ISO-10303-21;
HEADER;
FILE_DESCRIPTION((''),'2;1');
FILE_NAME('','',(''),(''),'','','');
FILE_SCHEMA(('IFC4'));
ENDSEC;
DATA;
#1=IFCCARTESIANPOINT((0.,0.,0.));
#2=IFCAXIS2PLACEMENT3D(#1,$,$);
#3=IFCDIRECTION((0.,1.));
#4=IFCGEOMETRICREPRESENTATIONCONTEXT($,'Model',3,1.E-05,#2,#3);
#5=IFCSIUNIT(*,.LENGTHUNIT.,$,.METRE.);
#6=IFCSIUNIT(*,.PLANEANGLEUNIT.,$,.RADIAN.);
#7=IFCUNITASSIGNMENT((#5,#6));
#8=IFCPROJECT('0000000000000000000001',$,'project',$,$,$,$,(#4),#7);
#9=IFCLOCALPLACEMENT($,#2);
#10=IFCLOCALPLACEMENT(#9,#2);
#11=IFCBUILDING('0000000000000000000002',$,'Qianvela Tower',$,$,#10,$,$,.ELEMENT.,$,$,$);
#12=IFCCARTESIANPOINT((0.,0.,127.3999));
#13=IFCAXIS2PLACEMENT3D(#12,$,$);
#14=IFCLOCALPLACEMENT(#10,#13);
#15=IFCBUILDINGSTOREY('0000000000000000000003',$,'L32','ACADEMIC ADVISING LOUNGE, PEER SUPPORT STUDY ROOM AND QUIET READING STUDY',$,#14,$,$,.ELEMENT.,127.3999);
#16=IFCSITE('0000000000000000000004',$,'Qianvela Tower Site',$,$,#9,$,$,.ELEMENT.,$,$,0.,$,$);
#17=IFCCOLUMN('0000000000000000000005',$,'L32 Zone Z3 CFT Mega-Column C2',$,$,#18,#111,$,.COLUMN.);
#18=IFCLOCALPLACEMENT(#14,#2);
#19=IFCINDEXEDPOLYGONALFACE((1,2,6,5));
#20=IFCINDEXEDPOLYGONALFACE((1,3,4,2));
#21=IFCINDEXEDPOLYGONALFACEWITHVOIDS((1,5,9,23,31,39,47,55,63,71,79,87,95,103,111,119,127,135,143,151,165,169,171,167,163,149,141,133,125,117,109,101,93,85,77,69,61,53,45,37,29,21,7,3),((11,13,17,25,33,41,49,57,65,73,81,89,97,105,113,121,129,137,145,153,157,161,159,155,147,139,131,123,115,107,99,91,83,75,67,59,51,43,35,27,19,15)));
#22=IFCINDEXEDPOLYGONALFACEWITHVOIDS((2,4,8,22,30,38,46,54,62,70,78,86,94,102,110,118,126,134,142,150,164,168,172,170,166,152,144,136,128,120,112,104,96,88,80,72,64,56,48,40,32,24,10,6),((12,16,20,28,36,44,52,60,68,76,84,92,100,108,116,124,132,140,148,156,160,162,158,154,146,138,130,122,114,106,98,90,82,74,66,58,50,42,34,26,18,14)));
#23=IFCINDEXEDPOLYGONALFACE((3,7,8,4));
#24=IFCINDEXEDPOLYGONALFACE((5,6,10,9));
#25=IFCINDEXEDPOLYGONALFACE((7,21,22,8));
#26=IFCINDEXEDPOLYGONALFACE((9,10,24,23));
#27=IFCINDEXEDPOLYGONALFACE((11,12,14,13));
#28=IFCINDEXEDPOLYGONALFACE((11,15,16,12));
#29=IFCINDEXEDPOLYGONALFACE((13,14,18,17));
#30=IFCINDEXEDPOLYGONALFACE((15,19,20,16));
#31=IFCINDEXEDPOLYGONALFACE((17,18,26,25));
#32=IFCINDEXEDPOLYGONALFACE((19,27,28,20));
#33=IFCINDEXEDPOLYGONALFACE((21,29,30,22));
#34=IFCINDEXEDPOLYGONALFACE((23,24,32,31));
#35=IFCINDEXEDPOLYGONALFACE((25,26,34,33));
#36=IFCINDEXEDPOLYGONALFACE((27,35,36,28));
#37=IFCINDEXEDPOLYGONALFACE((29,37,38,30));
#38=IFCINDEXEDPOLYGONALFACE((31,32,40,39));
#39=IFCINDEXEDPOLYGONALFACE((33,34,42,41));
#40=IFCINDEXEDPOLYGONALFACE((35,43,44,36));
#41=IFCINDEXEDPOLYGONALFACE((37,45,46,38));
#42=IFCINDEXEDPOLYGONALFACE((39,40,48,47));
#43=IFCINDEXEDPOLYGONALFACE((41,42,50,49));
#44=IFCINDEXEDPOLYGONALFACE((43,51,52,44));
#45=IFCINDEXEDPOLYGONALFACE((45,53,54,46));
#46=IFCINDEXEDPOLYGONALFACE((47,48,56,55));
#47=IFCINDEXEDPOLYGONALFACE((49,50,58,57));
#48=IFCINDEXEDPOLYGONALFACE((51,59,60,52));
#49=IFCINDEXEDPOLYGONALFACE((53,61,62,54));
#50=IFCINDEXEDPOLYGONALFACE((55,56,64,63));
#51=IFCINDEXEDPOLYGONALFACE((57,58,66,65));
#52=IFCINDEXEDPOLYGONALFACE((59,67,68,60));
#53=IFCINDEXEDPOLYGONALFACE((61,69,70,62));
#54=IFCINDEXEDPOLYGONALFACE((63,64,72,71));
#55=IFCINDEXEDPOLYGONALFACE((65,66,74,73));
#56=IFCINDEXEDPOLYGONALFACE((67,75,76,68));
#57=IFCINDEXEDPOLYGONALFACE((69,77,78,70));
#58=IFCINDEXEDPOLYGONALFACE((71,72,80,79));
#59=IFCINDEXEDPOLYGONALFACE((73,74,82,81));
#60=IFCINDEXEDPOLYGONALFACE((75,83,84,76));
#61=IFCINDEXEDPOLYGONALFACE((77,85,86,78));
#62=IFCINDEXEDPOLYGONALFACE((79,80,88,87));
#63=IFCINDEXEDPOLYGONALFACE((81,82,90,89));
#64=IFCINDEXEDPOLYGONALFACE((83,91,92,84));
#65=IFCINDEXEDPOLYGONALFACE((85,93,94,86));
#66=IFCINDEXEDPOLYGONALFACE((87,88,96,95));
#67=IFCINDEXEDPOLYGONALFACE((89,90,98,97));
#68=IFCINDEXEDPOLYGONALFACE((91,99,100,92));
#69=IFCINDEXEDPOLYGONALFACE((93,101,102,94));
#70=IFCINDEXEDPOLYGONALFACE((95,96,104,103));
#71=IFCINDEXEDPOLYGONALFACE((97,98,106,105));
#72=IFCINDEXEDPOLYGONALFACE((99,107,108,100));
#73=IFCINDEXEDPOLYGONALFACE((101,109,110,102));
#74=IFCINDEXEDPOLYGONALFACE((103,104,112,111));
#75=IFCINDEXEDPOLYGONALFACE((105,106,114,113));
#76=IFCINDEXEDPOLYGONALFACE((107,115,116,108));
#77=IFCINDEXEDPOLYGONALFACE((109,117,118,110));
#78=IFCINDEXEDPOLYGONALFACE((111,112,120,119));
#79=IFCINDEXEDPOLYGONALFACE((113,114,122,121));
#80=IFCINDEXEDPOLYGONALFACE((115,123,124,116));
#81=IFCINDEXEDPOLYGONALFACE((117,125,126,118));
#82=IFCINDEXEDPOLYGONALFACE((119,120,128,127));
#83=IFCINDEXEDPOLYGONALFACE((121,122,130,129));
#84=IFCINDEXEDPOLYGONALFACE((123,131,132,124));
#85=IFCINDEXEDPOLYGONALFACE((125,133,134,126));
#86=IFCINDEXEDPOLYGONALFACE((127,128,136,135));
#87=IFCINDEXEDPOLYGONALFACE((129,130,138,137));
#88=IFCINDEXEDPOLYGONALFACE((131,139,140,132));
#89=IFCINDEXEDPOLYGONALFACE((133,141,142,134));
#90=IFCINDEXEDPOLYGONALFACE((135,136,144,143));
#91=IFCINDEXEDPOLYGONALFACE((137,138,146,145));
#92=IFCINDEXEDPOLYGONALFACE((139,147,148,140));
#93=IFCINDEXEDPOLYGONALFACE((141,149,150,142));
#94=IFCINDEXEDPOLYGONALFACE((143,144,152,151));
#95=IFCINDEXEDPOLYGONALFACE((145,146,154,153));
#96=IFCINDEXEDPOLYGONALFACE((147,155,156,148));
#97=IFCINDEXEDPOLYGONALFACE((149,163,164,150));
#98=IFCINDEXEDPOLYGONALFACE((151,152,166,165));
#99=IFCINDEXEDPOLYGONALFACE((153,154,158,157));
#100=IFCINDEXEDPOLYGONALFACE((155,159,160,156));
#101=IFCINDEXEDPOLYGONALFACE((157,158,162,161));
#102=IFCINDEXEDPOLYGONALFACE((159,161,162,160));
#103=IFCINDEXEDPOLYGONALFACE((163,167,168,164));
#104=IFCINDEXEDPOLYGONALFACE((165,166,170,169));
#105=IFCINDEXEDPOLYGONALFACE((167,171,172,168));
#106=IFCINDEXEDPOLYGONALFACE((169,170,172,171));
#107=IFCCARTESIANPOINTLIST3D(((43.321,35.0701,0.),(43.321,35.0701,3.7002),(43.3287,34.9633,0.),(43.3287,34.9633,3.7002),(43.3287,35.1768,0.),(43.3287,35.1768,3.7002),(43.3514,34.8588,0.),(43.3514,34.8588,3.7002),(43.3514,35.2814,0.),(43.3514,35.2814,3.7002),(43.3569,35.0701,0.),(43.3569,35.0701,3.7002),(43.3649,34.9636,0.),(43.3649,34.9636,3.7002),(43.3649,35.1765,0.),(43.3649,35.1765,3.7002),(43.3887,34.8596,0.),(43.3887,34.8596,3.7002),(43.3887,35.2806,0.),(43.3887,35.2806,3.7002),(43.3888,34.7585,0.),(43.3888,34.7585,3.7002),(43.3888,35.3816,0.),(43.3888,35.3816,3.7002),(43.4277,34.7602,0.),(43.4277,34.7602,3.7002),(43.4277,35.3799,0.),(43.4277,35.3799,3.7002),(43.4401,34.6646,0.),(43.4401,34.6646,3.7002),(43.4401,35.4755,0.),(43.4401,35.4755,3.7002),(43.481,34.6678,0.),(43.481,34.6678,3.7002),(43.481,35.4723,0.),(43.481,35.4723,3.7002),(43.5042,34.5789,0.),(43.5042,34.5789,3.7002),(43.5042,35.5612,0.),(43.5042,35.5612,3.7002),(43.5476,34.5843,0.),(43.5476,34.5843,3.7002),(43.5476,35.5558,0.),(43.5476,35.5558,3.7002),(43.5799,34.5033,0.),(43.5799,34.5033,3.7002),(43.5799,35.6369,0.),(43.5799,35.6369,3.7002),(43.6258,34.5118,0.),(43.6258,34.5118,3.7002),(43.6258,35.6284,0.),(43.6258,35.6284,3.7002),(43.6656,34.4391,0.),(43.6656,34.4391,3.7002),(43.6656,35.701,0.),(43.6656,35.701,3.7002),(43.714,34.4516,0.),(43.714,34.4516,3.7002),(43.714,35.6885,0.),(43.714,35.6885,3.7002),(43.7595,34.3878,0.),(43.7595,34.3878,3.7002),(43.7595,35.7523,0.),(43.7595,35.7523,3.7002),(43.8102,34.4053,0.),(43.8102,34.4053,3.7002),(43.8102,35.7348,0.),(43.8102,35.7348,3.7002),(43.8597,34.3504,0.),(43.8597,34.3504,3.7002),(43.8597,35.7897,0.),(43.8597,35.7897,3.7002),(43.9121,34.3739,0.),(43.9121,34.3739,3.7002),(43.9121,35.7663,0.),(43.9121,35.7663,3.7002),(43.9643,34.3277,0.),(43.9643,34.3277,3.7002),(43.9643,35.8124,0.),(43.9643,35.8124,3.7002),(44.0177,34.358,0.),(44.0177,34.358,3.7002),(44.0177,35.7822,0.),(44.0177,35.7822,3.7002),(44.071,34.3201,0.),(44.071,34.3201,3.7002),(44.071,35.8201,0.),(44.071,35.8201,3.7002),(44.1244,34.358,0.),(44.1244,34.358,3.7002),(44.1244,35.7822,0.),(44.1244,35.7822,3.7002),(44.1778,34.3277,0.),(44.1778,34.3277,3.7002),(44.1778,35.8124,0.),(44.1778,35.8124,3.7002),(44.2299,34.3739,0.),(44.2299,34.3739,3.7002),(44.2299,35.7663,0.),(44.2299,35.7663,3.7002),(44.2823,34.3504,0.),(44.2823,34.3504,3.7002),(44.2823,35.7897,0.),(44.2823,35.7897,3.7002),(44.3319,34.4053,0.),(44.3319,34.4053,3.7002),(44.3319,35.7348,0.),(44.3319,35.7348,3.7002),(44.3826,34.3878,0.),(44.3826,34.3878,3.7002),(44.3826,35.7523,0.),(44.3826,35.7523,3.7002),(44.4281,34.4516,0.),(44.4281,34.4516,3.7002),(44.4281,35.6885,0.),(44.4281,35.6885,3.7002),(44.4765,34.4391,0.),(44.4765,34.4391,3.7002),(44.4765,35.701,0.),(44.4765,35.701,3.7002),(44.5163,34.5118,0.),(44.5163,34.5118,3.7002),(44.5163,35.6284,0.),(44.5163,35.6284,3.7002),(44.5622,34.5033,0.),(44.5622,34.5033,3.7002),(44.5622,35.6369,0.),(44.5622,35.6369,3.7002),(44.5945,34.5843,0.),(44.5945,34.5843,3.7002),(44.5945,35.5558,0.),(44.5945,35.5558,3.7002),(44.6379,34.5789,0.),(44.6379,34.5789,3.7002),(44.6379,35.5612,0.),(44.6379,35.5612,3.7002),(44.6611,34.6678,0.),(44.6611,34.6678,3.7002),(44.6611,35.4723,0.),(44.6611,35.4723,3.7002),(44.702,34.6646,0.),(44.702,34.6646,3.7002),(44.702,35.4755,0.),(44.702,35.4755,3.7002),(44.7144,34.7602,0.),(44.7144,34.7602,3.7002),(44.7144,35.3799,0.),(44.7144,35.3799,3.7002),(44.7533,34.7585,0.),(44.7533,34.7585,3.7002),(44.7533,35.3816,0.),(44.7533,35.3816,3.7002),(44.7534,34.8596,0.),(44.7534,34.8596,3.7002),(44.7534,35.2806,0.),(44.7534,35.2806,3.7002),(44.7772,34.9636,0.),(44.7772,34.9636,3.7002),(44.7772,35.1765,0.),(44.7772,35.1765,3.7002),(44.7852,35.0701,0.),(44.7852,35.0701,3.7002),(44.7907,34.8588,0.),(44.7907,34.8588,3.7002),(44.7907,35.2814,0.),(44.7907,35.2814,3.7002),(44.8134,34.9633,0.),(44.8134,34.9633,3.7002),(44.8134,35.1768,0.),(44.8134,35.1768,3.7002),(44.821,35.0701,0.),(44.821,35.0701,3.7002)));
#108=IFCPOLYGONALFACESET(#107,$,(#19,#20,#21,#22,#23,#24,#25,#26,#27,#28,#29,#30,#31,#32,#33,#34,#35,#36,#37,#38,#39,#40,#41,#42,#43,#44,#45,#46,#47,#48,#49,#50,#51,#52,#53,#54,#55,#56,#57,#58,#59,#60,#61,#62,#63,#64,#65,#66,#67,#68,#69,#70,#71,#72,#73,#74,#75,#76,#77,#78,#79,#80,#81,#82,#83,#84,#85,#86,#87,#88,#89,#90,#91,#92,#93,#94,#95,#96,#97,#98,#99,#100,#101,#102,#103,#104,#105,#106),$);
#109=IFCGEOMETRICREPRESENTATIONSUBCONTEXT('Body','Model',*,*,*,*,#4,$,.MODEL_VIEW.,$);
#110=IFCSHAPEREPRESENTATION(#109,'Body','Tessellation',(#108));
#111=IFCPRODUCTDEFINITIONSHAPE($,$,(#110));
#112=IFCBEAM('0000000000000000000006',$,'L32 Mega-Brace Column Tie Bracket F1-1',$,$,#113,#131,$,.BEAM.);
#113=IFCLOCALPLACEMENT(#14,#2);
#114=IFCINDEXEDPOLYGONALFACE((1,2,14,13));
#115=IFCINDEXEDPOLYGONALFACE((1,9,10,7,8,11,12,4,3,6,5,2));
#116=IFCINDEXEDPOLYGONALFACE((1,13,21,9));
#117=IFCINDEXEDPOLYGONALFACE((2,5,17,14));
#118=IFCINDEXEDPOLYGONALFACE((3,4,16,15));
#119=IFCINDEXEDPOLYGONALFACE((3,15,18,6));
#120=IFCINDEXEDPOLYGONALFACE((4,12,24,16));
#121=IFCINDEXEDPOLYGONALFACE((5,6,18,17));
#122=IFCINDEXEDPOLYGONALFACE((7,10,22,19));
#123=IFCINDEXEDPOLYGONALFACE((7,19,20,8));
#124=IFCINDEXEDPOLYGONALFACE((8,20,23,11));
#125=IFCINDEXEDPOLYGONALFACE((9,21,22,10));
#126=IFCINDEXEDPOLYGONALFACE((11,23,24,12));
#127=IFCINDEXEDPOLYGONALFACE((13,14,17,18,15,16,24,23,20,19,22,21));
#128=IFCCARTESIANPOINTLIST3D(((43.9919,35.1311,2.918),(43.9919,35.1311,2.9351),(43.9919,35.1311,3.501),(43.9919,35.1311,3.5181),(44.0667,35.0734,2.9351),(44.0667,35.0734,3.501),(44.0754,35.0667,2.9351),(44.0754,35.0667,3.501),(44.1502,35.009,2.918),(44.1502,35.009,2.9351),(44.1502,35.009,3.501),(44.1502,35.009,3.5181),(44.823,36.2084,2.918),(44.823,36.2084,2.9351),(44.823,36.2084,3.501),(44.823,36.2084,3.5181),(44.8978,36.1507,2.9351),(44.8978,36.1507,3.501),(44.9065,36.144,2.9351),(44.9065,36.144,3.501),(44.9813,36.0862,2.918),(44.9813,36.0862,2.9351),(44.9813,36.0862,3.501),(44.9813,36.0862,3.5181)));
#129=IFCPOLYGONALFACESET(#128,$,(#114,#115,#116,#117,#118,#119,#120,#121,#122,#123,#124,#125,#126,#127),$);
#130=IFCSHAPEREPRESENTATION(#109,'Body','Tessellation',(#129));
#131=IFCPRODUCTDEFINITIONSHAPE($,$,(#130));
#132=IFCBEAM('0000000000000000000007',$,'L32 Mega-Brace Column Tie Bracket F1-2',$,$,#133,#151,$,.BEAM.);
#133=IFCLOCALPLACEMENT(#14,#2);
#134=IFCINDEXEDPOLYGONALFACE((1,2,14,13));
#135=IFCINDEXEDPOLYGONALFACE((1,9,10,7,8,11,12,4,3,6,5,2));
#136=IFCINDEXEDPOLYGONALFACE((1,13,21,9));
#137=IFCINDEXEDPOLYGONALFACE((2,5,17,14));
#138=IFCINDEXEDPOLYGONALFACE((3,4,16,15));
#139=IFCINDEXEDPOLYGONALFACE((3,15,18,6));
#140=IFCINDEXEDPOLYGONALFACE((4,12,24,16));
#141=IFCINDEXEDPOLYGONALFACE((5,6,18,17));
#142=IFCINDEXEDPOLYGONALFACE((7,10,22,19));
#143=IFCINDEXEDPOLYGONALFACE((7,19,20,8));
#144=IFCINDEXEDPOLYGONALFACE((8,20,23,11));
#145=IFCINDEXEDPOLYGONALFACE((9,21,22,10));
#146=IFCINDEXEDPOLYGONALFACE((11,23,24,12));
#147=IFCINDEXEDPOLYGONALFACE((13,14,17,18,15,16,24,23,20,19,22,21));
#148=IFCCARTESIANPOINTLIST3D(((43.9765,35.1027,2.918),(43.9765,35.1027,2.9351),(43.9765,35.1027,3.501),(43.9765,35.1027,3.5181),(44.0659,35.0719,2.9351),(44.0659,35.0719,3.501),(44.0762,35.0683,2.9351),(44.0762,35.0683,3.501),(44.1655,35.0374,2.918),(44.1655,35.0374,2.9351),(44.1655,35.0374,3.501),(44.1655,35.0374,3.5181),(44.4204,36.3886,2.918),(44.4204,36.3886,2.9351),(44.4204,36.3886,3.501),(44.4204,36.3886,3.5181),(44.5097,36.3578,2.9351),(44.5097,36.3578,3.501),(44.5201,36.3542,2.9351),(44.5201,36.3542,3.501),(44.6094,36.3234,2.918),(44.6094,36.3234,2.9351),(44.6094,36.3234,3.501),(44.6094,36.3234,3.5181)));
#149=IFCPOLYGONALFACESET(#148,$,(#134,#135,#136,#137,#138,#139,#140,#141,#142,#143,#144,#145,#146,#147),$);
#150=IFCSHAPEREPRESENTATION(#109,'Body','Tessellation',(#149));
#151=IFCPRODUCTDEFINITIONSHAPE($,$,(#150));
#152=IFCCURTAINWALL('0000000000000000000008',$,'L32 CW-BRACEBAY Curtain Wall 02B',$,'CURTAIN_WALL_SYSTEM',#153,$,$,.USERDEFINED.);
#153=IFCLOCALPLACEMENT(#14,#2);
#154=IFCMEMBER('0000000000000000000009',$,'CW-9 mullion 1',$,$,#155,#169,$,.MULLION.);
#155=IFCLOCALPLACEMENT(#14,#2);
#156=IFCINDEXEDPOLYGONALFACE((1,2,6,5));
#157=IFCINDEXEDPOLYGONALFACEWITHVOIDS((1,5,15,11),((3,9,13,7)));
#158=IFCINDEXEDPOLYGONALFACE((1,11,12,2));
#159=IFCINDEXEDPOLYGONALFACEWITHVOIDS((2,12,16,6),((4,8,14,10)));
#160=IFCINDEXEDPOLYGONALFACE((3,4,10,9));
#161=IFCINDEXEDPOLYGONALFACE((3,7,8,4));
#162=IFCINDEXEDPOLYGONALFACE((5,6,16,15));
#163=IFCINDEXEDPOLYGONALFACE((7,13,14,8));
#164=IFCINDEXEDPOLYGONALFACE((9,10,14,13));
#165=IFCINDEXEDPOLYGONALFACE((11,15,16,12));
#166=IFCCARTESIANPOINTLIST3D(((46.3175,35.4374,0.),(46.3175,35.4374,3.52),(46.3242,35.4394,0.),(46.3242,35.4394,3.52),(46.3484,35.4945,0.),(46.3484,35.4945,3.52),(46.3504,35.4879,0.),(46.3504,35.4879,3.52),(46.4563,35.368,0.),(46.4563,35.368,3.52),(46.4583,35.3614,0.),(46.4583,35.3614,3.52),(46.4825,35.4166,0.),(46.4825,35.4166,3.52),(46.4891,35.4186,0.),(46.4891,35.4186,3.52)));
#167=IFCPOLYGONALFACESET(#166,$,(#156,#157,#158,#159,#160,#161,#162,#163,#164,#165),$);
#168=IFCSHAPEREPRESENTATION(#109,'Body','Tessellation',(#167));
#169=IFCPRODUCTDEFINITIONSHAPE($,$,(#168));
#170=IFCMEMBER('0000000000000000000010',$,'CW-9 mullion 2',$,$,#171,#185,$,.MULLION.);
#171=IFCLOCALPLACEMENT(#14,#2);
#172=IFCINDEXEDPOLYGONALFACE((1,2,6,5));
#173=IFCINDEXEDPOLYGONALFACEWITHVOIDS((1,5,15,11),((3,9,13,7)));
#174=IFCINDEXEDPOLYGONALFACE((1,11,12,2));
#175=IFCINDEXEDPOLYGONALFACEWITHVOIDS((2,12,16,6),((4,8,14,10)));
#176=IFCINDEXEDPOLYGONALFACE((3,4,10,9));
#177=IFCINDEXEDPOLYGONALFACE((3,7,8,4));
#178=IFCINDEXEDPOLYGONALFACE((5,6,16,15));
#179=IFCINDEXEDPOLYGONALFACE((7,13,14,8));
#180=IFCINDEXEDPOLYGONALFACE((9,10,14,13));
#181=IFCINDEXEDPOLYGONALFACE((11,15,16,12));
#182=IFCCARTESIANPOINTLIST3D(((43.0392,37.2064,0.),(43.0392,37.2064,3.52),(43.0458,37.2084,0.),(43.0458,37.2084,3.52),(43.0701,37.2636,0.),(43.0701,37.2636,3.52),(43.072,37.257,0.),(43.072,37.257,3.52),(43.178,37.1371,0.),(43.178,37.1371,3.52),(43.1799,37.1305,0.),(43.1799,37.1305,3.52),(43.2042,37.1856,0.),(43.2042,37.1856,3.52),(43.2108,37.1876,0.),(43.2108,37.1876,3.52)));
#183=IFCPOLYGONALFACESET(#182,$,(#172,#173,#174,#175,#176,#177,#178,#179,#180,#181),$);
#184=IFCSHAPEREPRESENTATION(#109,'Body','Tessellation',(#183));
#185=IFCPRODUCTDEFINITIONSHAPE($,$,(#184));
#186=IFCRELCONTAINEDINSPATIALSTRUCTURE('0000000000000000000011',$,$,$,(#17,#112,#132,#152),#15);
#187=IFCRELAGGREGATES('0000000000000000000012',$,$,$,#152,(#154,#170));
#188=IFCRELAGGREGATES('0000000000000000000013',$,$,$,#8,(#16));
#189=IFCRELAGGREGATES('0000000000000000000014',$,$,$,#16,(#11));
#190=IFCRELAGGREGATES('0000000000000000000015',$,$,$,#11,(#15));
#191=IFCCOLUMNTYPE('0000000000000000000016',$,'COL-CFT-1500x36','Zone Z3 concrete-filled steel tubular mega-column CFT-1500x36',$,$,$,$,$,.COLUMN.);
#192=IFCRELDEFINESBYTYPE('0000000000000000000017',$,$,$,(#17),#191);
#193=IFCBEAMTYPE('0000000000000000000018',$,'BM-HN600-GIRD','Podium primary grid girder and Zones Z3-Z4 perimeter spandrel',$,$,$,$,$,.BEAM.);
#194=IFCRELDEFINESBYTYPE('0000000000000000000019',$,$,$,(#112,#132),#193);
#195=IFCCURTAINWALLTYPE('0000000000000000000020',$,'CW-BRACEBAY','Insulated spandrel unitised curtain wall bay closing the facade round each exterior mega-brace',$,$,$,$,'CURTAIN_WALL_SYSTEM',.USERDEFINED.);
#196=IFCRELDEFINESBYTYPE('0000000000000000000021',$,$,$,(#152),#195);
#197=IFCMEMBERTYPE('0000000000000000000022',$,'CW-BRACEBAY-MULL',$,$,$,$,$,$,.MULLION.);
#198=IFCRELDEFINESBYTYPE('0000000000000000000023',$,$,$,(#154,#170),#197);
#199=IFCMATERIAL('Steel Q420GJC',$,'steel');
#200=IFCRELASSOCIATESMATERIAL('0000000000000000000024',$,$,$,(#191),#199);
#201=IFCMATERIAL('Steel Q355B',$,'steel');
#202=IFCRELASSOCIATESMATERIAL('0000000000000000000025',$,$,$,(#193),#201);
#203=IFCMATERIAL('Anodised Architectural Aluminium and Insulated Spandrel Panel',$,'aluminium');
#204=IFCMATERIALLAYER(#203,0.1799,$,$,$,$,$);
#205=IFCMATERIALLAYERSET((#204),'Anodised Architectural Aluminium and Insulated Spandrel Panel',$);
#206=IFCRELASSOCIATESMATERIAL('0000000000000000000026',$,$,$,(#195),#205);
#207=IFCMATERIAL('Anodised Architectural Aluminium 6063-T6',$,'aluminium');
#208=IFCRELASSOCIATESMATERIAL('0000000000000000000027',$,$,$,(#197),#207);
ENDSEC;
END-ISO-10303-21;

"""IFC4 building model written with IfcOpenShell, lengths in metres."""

from ifc_helpers import new_model, si_unit, direction, frame, origin, origin_2d, place, context, subcontext, project, spatial, hollow_rectangle, hollow_circle, i_section, extrude, material, layer, layer_set, material_profile, profile_set, type_object, element, aggregate, save


model = new_model("IFC4")

# Units and contexts
model_context = context("Model", 3, precision=1e-05, world=origin(), true_north=direction((0.0, 1.0)))
body_context = subcontext(model_context, "Body", "Model", "MODEL_VIEW")
ifc_project = project(units=[si_unit("LENGTHUNIT", "METRE"), si_unit("PLANEANGLEUNIT", "RADIAN")], contexts=[model_context])

# Site, building, storey
site_placement = place(None, origin())
site = spatial("IfcSite", under=ifc_project, at=site_placement, Name="Qianvela Tower Site", CompositionType="ELEMENT", RefElevation=0.0)
building_placement = place(site_placement, origin())
building = spatial("IfcBuilding", under=site, at=building_placement, Name="Qianvela Tower", CompositionType="ELEMENT")
storey_placement = place(building_placement, frame((0.0, 0.0, 127.3999)))
storey = spatial("IfcBuildingStorey", under=building, at=storey_placement, Name="L32", Description="ACADEMIC ADVISING LOUNGE, PEER SUPPORT STUDY ROOM AND QUIET READING STUDY", CompositionType="ELEMENT", Elevation=127.3999)

# Column
ifc_material_1 = material(Name="Steel Q420GJC", Category="steel")
ifc_material_profile_1 = material_profile(ifc_material_1, hollow_circle(Radius=0.75, WallThickness=0.0359, at=origin_2d()), Name="CFT-1500x36")
ifc_profile_set_1 = profile_set([ifc_material_profile_1], Name="Steel Q420GJC")
column_type = type_object("IfcColumnType", Name="COL-CFT-1500x36", Description="Zone Z3 concrete-filled steel tubular mega-column CFT-1500x36", PredefinedType="COLUMN", material=ifc_profile_set_1)
column_placement = place(storey_placement, frame((44.071, 35.0701, 0.0), z_axis=(0.0, 0.0, 1.0), x_axis=(1.0, 0.0, 0.0)))
element("IfcColumn", 1, at=column_placement, inside=storey, type_object=column_type, Name="L32 Zone Z3 CFT Mega-Column C2", PredefinedType="COLUMN", context=body_context, shape_type="SweptSolid", body=[
    extrude(hollow_circle(Radius=0.75, WallThickness=0.0359, at=origin_2d()), origin(), (0.0, 0.0, 1.0), 3.7002),
])

# Beams
ifc_material_2 = material(Name="Steel Q355B", Category="steel")
ifc_material_profile_2 = material_profile(ifc_material_2, i_section(OverallWidth=0.2, OverallDepth=0.6001, WebThickness=0.011, FlangeThickness=0.0171, at=origin_2d()), Name="HN600x200x11x17")
ifc_profile_set_2 = profile_set([ifc_material_profile_2], Name="Steel Q355B")
beam_type = type_object("IfcBeamType", Name="BM-HN600-GIRD", Description="Podium primary grid girder and Zones Z3-Z4 perimeter spandrel", PredefinedType="BEAM", material=ifc_profile_set_2)
beam_1_placement = place(storey_placement, frame((44.071, 35.0701, 3.218), z_axis=(0.610855, 0.791743, 0.0), x_axis=(-0.791743, 0.610855, 0.0)))
element("IfcBeam", 2, at=beam_1_placement, inside=storey, type_object=beam_type, Name="L32 Mega-Brace Column Tie Bracket F1-1", PredefinedType="BEAM", context=body_context, shape_type="SweptSolid", body=[
    extrude(i_section(OverallWidth=0.2, OverallDepth=0.6001, WebThickness=0.011, FlangeThickness=0.0171, at=origin_2d()), origin(), (0.0, 0.0, 1.0), 1.3606),
])
beam_2_placement = place(storey_placement, frame((44.071, 35.0701, 3.218), z_axis=(0.326278, 0.945274, 0.0), x_axis=(-0.945274, 0.326278, 0.0)))
element("IfcBeam", 3, at=beam_2_placement, inside=storey, type_object=beam_type, Name="L32 Mega-Brace Column Tie Bracket F1-2", PredefinedType="BEAM", context=body_context, shape_type="SweptSolid", body=[
    extrude(i_section(OverallWidth=0.2, OverallDepth=0.6001, WebThickness=0.011, FlangeThickness=0.0171, at=origin_2d()), origin(), (0.0, 0.0, 1.0), 1.3604),
])

# Curtain wall, members
ifc_material_3 = material(Name="Anodised Architectural Aluminium and Insulated Spandrel Panel", Category="aluminium")
ifc_layer_1 = layer(ifc_material_3, 0.1799)
ifc_layer_set_1 = layer_set([ifc_layer_1], Name="Anodised Architectural Aluminium and Insulated Spandrel Panel")
curtain_wall_type_1 = type_object("IfcCurtainWallType", Name="CW-BRACEBAY", Description="Insulated spandrel unitised curtain wall bay closing the facade round each exterior mega-brace", ElementType="CURTAIN_WALL_SYSTEM", PredefinedType="USERDEFINED", material=ifc_layer_set_1)
curtain_wall_1_placement = place(storey_placement, origin())
curtain_wall_1 = element("IfcCurtainWall", 4, at=curtain_wall_1_placement, inside=storey, type_object=curtain_wall_type_1, Name="L32 CW-BRACEBAY Curtain Wall 02B", ObjectType="CURTAIN_WALL_SYSTEM", PredefinedType="USERDEFINED")
ifc_material_4 = material(Name="Anodised Architectural Aluminium 6063-T6", Category="aluminium")
ifc_material_profile_3 = material_profile(ifc_material_4, hollow_rectangle(XDim=0.0649, YDim=0.1599, WallThickness=0.0049, at=origin_2d()), Name="ALU-MULL-65x160")
ifc_profile_set_3 = profile_set([ifc_material_profile_3], Name="Anodised Architectural Aluminium 6063-T6")
member_type_1 = type_object("IfcMemberType", Name="CW-BRACEBAY-MULL", PredefinedType="MULLION", material=ifc_profile_set_3)
member_1_placement = place(storey_placement, frame((46.4033, 35.428, 0.0), z_axis=(0.0, 0.0, 1.0), x_axis=(-0.474912, -0.880034, 0.0)))
member_1 = element("IfcMember", 5, at=member_1_placement, type_object=member_type_1, Name="CW-9 mullion 1", PredefinedType="MULLION", context=body_context, shape_type="SweptSolid", body=[
    extrude(hollow_rectangle(XDim=0.0649, YDim=0.1599, WallThickness=0.0049, at=origin_2d()), origin(), (0.0, 0.0, 1.0), 3.52),
])
member_2_placement = place(storey_placement, frame((43.125, 37.197, 0.0), z_axis=(0.0, 0.0, 1.0), x_axis=(-0.474912, -0.880034, 0.0)))
member_2 = element("IfcMember", 6, at=member_2_placement, type_object=member_type_1, Name="CW-9 mullion 2", PredefinedType="MULLION", context=body_context, shape_type="SweptSolid", body=[
    extrude(hollow_rectangle(XDim=0.0649, YDim=0.1599, WallThickness=0.0049, at=origin_2d()), origin(), (0.0, 0.0, 1.0), 3.52),
])

aggregate(curtain_wall_1, [member_1, member_2])

save(model, "model.ifc")
